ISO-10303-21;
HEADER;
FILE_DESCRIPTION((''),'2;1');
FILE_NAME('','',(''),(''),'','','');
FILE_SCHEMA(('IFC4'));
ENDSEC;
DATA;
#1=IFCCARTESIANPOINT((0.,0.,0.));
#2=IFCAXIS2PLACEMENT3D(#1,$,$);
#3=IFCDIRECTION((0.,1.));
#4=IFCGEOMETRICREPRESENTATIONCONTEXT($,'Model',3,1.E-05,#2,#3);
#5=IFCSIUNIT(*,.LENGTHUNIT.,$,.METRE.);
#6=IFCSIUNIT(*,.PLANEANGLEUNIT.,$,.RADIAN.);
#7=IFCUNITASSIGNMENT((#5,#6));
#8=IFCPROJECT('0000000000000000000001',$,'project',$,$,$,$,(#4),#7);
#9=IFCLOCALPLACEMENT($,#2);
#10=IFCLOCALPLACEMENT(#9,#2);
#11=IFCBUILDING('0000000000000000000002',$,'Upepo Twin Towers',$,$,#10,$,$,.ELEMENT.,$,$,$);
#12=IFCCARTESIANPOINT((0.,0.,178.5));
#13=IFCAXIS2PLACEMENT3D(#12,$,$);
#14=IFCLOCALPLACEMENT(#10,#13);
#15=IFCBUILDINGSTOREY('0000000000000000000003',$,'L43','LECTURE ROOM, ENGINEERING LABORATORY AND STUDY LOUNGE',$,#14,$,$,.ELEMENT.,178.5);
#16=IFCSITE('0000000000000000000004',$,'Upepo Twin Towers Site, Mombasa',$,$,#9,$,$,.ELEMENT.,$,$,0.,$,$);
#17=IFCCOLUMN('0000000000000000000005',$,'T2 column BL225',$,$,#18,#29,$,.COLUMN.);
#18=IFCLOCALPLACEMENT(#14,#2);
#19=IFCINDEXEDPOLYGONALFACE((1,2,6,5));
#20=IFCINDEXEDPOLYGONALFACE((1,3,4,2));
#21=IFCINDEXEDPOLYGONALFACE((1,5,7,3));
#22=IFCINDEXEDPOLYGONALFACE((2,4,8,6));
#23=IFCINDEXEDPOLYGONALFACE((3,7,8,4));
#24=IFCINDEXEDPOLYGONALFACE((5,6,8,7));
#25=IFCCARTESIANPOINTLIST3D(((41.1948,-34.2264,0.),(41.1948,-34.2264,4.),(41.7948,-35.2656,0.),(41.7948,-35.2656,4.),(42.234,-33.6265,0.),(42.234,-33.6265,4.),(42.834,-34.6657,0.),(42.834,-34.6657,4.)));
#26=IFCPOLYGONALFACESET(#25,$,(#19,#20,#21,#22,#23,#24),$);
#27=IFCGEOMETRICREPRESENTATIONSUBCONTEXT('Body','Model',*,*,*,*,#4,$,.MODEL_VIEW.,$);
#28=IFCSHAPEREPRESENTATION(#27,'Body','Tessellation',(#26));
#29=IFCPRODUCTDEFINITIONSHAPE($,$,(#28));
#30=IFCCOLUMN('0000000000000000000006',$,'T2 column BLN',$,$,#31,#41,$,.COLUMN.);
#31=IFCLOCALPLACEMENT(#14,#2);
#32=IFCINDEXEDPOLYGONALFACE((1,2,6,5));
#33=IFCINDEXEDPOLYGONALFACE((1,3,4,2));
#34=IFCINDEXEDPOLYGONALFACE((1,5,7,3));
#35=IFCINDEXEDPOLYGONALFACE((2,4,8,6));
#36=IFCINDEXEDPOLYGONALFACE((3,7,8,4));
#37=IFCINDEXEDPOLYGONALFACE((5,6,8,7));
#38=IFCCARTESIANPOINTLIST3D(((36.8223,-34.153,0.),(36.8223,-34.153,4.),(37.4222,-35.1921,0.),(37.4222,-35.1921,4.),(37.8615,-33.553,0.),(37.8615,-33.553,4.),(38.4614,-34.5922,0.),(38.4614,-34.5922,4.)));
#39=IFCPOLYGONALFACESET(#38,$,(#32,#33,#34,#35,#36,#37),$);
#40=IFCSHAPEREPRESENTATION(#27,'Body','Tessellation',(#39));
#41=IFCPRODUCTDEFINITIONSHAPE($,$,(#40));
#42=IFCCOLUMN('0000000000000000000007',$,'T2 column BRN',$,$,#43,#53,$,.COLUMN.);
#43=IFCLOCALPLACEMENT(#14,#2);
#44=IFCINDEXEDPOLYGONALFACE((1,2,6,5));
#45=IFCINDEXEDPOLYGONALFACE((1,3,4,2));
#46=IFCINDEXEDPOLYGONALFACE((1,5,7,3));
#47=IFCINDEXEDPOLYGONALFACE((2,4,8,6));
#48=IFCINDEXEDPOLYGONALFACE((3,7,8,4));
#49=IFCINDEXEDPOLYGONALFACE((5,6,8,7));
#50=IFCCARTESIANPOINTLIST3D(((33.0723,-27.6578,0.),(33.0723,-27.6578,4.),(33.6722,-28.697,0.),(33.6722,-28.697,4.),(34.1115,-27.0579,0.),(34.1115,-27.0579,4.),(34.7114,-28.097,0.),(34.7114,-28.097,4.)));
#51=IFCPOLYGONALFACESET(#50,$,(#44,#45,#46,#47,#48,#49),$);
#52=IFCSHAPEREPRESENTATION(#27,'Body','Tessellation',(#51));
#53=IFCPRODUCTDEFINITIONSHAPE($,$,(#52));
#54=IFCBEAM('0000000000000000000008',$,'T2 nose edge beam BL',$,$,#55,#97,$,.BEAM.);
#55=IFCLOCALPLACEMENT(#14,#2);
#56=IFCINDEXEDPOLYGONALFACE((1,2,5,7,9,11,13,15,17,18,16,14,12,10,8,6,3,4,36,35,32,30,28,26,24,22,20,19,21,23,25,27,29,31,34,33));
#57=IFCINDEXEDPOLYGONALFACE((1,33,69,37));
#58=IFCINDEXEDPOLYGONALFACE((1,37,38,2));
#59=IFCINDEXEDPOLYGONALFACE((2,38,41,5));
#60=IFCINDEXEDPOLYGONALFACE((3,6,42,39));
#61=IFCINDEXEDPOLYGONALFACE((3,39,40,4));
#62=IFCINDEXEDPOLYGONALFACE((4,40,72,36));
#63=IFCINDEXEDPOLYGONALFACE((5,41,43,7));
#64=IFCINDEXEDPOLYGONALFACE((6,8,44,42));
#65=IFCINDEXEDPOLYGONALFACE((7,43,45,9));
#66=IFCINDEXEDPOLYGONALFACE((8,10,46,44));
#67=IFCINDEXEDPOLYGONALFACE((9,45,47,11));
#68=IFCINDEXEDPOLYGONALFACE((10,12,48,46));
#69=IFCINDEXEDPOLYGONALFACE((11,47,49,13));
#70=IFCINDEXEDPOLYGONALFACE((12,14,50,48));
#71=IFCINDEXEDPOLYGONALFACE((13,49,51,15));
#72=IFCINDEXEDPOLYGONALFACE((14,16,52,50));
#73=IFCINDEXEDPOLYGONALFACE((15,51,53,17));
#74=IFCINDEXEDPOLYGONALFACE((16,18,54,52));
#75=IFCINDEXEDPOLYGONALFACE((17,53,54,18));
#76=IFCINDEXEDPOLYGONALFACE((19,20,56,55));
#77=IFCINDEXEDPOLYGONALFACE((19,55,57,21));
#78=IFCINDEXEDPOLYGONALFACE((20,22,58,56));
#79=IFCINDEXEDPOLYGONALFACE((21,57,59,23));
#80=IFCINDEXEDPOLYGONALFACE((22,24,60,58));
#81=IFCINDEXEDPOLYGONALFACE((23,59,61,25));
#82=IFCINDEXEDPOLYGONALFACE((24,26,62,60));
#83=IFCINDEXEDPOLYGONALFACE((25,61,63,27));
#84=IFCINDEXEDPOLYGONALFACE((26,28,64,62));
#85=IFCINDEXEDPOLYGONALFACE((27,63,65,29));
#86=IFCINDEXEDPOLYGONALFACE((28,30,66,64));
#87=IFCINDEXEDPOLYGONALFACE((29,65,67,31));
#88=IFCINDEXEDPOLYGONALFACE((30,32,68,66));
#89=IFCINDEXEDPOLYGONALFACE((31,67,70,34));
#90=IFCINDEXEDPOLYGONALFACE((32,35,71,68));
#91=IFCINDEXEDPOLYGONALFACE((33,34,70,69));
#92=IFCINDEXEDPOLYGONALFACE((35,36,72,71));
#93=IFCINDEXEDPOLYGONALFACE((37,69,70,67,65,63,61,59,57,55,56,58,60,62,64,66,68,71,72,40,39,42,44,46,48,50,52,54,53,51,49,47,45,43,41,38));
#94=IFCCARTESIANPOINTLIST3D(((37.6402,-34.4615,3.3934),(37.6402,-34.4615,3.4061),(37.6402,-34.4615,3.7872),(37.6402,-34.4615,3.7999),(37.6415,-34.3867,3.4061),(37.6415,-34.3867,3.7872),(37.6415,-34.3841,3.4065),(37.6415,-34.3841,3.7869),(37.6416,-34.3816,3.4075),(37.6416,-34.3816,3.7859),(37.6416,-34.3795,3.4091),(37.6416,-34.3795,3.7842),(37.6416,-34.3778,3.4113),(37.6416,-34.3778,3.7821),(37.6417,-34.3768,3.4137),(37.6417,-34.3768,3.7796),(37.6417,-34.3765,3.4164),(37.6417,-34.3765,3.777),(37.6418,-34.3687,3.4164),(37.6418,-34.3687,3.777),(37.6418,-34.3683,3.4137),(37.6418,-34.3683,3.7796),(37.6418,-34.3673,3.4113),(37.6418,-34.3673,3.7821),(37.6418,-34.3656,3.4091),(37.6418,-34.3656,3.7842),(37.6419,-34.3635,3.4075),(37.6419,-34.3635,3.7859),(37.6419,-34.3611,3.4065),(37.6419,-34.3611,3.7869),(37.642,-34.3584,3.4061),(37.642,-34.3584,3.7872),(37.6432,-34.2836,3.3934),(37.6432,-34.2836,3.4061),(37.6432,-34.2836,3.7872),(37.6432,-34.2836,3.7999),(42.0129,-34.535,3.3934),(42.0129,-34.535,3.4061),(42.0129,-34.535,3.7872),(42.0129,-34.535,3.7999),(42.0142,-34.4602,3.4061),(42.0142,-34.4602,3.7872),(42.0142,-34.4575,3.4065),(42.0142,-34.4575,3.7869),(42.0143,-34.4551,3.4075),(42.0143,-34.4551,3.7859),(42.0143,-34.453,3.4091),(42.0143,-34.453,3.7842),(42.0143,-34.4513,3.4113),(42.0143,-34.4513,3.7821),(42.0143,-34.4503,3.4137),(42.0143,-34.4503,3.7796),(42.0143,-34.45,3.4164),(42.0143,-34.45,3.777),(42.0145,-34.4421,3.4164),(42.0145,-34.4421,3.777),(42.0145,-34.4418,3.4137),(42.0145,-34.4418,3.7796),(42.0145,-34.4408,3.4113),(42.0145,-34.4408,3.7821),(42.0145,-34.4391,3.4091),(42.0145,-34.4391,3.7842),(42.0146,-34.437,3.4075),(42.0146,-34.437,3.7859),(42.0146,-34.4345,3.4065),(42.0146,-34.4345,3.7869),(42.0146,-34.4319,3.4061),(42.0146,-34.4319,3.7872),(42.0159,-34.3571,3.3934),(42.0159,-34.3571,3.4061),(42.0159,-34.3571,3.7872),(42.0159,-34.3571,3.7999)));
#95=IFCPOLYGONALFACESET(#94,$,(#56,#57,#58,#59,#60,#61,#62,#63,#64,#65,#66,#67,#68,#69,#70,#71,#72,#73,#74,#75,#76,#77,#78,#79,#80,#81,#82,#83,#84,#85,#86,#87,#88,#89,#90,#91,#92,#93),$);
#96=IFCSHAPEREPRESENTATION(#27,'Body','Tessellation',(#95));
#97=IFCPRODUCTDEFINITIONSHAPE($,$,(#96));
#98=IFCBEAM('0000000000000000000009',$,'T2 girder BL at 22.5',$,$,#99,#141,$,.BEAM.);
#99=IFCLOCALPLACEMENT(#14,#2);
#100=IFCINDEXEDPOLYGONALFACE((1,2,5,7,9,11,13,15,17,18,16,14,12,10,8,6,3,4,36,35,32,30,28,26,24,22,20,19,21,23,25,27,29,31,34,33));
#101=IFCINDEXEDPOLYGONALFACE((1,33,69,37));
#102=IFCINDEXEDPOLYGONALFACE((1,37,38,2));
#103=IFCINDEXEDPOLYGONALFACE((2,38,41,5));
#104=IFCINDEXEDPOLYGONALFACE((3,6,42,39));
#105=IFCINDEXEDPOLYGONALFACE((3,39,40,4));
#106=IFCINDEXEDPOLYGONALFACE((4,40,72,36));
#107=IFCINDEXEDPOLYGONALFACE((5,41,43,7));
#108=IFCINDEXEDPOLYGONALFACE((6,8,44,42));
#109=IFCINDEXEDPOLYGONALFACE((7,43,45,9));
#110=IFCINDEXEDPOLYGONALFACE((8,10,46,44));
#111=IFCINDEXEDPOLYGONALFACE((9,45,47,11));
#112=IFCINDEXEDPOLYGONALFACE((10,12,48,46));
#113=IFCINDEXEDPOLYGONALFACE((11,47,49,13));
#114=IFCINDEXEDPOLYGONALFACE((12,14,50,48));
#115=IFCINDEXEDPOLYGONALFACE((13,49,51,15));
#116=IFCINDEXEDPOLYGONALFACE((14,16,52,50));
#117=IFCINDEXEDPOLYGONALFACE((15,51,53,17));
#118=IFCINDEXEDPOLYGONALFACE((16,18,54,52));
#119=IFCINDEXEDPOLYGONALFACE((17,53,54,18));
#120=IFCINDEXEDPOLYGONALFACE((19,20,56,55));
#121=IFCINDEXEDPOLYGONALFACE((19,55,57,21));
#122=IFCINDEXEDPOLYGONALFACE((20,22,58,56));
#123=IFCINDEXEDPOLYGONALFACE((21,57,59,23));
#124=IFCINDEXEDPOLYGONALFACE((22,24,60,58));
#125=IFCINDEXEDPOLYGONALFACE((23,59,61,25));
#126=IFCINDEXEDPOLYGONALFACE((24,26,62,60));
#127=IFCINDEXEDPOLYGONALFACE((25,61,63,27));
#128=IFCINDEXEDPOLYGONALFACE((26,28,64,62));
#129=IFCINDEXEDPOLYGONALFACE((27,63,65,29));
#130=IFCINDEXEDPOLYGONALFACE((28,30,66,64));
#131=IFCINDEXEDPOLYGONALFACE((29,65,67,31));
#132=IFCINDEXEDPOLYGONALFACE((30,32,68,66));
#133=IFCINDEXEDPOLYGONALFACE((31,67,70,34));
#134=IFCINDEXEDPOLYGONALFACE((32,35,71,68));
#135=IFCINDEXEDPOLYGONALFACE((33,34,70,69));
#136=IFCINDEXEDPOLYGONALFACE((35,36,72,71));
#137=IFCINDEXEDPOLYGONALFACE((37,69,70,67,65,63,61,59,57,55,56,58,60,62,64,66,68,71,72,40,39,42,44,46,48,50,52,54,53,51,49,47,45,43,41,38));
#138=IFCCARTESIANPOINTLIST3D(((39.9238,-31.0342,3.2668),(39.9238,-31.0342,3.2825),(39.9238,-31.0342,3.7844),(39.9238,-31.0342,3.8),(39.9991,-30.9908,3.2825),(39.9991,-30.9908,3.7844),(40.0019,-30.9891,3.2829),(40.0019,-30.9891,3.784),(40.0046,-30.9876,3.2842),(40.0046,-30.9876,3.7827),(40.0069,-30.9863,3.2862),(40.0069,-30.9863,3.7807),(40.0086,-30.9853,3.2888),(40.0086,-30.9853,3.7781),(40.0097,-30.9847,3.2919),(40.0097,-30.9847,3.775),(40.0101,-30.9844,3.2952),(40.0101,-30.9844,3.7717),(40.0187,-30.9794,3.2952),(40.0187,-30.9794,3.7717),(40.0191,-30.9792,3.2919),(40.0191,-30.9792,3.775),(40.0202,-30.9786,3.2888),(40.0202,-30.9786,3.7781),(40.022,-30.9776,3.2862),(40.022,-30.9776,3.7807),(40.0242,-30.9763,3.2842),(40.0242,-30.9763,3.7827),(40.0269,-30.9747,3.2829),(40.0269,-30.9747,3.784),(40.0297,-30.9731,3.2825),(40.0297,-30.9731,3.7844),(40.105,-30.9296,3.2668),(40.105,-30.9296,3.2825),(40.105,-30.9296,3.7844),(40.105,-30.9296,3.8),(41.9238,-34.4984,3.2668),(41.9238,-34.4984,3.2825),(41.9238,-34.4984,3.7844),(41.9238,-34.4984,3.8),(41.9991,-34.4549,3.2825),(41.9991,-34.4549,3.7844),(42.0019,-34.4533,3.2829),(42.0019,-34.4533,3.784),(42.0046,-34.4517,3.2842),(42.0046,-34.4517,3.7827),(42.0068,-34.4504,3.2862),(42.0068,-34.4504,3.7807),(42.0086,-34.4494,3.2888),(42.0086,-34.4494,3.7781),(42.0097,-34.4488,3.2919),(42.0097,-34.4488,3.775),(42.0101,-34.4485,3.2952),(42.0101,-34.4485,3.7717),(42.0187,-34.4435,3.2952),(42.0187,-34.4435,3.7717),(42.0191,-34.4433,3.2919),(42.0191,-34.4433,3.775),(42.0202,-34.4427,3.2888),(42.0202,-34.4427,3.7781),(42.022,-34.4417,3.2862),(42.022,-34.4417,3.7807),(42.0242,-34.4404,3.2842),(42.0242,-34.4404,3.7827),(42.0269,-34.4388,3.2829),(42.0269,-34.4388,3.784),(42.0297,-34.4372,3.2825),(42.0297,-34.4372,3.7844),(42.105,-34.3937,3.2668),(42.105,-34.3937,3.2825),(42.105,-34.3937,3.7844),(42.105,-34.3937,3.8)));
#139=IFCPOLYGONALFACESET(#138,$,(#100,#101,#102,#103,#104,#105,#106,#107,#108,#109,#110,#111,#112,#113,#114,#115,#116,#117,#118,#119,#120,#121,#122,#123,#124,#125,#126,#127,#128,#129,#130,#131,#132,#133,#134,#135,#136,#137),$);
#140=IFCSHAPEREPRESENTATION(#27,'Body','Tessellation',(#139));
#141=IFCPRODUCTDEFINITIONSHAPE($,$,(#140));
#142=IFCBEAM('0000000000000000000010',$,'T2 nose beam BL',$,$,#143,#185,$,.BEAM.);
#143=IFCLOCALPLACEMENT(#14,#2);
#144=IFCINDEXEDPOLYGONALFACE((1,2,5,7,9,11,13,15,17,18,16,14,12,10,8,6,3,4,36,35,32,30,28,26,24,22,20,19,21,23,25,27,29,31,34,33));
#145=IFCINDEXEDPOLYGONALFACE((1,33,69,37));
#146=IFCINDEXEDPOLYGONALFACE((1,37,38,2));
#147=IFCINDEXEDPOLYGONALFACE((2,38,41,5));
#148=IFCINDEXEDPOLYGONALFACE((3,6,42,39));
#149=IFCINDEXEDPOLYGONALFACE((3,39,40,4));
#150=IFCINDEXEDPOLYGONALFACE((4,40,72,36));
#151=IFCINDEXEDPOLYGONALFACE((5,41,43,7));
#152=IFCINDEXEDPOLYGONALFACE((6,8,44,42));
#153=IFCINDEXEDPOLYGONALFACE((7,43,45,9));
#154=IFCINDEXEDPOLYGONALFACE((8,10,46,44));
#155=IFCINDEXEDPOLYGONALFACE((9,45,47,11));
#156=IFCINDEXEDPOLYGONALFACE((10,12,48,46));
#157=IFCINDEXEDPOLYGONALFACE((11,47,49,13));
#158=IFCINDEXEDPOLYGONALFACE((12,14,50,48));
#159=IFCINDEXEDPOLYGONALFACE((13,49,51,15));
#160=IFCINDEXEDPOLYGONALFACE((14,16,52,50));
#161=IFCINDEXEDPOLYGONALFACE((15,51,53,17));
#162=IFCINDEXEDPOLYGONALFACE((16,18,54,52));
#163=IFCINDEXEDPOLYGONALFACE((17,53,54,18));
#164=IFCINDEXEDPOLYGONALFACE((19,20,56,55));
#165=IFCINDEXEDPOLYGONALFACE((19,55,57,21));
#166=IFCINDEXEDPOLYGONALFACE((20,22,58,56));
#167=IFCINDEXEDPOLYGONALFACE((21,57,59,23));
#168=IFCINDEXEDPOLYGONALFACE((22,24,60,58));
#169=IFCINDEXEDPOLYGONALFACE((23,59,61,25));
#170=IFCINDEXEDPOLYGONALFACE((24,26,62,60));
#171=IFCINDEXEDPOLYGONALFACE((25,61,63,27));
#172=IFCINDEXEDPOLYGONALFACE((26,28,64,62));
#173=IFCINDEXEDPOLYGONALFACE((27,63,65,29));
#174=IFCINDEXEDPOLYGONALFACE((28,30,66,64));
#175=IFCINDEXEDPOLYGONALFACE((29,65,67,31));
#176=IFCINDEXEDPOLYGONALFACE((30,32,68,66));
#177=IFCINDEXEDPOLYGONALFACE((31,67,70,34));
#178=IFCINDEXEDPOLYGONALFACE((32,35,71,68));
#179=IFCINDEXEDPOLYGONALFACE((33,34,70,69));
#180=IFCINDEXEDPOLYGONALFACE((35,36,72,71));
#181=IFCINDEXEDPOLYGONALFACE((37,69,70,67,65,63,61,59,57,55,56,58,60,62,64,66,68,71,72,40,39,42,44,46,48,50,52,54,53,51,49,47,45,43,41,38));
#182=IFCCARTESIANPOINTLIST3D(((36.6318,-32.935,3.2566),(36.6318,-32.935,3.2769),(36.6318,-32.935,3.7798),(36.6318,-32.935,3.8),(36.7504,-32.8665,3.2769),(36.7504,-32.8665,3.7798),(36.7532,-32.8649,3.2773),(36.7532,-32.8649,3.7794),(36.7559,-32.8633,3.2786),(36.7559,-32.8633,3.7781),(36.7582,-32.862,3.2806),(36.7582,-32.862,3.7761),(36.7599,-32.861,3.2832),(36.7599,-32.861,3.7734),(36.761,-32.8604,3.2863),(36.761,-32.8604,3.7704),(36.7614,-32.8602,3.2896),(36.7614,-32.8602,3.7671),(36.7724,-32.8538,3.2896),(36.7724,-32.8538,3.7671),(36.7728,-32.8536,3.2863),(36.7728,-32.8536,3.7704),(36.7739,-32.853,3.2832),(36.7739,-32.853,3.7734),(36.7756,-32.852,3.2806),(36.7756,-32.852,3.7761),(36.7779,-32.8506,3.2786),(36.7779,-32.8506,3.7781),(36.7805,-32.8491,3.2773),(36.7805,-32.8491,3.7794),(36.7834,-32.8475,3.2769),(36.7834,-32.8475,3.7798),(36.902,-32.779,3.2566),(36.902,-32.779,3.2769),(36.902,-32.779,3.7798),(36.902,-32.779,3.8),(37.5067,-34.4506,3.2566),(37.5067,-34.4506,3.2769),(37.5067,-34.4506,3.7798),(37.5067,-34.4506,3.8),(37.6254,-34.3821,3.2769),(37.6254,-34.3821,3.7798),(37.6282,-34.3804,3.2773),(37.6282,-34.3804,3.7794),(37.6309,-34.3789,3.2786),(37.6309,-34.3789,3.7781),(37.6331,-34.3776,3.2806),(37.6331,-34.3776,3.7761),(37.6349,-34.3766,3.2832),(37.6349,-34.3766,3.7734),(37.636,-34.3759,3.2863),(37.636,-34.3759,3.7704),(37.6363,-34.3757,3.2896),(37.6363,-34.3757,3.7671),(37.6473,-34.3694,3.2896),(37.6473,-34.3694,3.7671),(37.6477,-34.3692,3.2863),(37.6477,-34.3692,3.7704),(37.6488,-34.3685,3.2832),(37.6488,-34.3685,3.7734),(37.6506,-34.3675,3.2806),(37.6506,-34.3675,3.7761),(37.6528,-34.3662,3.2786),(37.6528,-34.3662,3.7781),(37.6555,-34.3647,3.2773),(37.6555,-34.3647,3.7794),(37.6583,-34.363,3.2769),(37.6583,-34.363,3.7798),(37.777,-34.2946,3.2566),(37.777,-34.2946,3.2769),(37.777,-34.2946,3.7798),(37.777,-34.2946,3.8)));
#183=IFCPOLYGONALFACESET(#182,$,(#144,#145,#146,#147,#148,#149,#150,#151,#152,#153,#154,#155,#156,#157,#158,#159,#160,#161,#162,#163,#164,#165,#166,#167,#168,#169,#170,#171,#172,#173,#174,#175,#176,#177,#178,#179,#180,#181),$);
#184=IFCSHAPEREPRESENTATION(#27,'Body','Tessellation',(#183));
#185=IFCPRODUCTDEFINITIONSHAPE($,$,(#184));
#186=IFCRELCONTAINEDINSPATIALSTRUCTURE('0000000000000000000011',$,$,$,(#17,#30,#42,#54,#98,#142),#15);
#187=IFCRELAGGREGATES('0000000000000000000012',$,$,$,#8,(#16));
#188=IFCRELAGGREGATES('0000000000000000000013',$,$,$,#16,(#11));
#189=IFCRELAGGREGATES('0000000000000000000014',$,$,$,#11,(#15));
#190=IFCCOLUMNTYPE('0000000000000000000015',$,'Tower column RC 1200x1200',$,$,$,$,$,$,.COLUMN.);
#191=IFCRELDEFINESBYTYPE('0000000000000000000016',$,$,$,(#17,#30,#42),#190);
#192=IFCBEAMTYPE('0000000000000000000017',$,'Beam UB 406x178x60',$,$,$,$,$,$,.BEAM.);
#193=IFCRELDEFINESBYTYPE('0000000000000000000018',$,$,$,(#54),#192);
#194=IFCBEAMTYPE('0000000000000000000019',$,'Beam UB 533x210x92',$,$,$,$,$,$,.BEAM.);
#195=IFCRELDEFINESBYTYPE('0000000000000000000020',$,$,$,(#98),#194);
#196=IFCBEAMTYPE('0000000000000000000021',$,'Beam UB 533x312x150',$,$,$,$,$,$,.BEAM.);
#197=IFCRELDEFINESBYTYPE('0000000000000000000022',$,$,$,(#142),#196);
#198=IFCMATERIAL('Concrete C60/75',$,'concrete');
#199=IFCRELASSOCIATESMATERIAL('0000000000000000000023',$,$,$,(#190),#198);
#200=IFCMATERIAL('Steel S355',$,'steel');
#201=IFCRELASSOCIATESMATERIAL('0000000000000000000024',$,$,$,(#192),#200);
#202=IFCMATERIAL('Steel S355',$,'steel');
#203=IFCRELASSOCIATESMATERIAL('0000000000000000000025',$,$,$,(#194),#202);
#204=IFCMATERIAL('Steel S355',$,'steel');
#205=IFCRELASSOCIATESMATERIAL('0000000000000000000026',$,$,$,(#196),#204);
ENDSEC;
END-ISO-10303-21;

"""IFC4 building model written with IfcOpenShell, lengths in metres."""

from ifc_helpers import new_model, si_unit, direction, frame, origin, origin_2d, place, context, subcontext, project, spatial, rectangle, i_section, extrude, material, material_profile, profile_set, type_object, element, save


model = new_model("IFC4")

# Units and contexts
model_context = context("Model", 3, precision=1e-05, world=origin(), true_north=direction((0.0, 1.0)))
body_context = subcontext(model_context, "Body", "Model", "MODEL_VIEW")
ifc_project = project(units=[si_unit("LENGTHUNIT", "METRE"), si_unit("PLANEANGLEUNIT", "RADIAN")], contexts=[model_context])

# Site, building, storey
site_placement = place(None, origin())
site = spatial("IfcSite", under=ifc_project, at=site_placement, Name="Upepo Twin Towers Site, Mombasa", CompositionType="ELEMENT", RefElevation=0.0)
building_placement = place(site_placement, origin())
building = spatial("IfcBuilding", under=site, at=building_placement, Name="Upepo Twin Towers", CompositionType="ELEMENT")
storey_placement = place(building_placement, frame((0.0, 0.0, 178.5)))
storey = spatial("IfcBuildingStorey", under=building, at=storey_placement, Name="L43", Description="LECTURE ROOM, ENGINEERING LABORATORY AND STUDY LOUNGE", CompositionType="ELEMENT", Elevation=178.5)

# Columns
ifc_material_1 = material(Name="Concrete C60/75", Category="concrete")
ifc_material_profile_1 = material_profile(ifc_material_1, rectangle(XDim=1.2, YDim=1.2, at=origin_2d()), Name="RC 1200x1200")
ifc_profile_set_1 = profile_set([ifc_material_profile_1], Name="Concrete C60/75")
column_type = type_object("IfcColumnType", Name="Tower column RC 1200x1200", PredefinedType="COLUMN", material=ifc_profile_set_1)
for number, where, z_axis, x_axis, name in (
    (1, (42.0144, -34.446, 0.0), (0.0, 0.0, 1.0), (0.866025, 0.5, 0.0), "T2 column BL225"),
    (2, (37.6418, -34.3726, 0.0), (0.0, 0.0, 1.0), (0.866025, 0.5, 0.0), "T2 column BLN"),
    (3, (33.8918, -27.8774, 0.0), (0.0, 0.0, 1.0), (0.866025, 0.5, 0.0), "T2 column BRN"),
):
    element("IfcColumn", number, at=place(storey_placement, frame(where, z_axis=z_axis, x_axis=x_axis)), inside=storey, type_object=column_type, Name=name, PredefinedType="COLUMN", context=body_context, shape_type="SweptSolid", body=[
        extrude(rectangle(XDim=1.2, YDim=1.2, at=origin_2d()), origin(), (0.0, 0.0, 1.0), 4.0),
    ])

# Beams
ifc_material_2 = material(Name="Steel S355", Category="steel")
ifc_material_profile_2 = material_profile(ifc_material_2, i_section(OverallWidth=0.178, OverallDepth=0.4065, WebThickness=0.0078, FlangeThickness=0.0127, FilletRadius=0.0103, at=origin_2d()), Name="UB 406x178x60")
ifc_profile_set_2 = profile_set([ifc_material_profile_2], Name="Steel S355")
beam_type_1 = type_object("IfcBeamType", Name="Beam UB 406x178x60", PredefinedType="BEAM", material=ifc_profile_set_2)
beam_1_placement = place(storey_placement, frame((42.0144, -34.446, 3.5967), z_axis=(-0.999859, 0.016804, 0.0), x_axis=(-0.016804, -0.999859, 0.0)))
element("IfcBeam", 4, at=beam_1_placement, inside=storey, type_object=beam_type_1, Name="T2 nose edge beam BL", PredefinedType="BEAM", context=body_context, shape_type="SweptSolid", body=[
    extrude(i_section(OverallWidth=0.178, OverallDepth=0.4065, WebThickness=0.0078, FlangeThickness=0.0127, FilletRadius=0.0103, at=origin_2d()), origin(), (0.0, 0.0, 1.0), 4.3733),
])
ifc_material_3 = material(Name="Steel S355", Category="steel")
ifc_material_profile_3 = material_profile(ifc_material_3, i_section(OverallWidth=0.2092, OverallDepth=0.5332, WebThickness=0.01, FlangeThickness=0.0156, FilletRadius=0.0127, at=origin_2d()), Name="UB 533x210x92")
ifc_profile_set_3 = profile_set([ifc_material_profile_3], Name="Steel S355")
beam_type_2 = type_object("IfcBeamType", Name="Beam UB 533x210x92", PredefinedType="BEAM", material=ifc_profile_set_3)
beam_2_placement = place(storey_placement, frame((42.0144, -34.446, 3.5334), z_axis=(-0.499999, 0.866026, 0.0), x_axis=(-0.866026, -0.499999, 0.0)))
element("IfcBeam", 5, at=beam_2_placement, inside=storey, type_object=beam_type_2, Name="T2 girder BL at 22.5", PredefinedType="BEAM", context=body_context, shape_type="SweptSolid", body=[
    extrude(i_section(OverallWidth=0.2092, OverallDepth=0.5332, WebThickness=0.01, FlangeThickness=0.0156, FilletRadius=0.0127, at=origin_2d()), origin(), (0.0, 0.0, 1.0), 4.0),
])
ifc_material_4 = material(Name="Steel S355", Category="steel")
ifc_material_profile_4 = material_profile(ifc_material_4, i_section(OverallWidth=0.312, OverallDepth=0.5435, WebThickness=0.0127, FlangeThickness=0.0203, FilletRadius=0.0127, at=origin_2d()), Name="UB 533x312x150")
ifc_profile_set_4 = profile_set([ifc_material_profile_4], Name="Steel S355")
beam_type_3 = type_object("IfcBeamType", Name="Beam UB 533x312x150", PredefinedType="BEAM", material=ifc_profile_set_4)
for number, where, z_axis, x_axis, name in (
    (6, (37.6418, -34.3726, 3.5283), (-0.49998, 0.866037, 0.0), (-0.866037, -0.49998, 0.0), "T2 nose beam BL"),
):
    element("IfcBeam", number, at=place(storey_placement, frame(where, z_axis=z_axis, x_axis=x_axis)), inside=storey, type_object=beam_type_3, Name=name, PredefinedType="BEAM", context=body_context, shape_type="SweptSolid", body=[
        extrude(i_section(OverallWidth=0.312, OverallDepth=0.5435, WebThickness=0.0127, FlangeThickness=0.0203, FilletRadius=0.0127, at=origin_2d()), origin(), (0.0, 0.0, 1.0), 1.75),
    ])

save(model, "model.ifc")
